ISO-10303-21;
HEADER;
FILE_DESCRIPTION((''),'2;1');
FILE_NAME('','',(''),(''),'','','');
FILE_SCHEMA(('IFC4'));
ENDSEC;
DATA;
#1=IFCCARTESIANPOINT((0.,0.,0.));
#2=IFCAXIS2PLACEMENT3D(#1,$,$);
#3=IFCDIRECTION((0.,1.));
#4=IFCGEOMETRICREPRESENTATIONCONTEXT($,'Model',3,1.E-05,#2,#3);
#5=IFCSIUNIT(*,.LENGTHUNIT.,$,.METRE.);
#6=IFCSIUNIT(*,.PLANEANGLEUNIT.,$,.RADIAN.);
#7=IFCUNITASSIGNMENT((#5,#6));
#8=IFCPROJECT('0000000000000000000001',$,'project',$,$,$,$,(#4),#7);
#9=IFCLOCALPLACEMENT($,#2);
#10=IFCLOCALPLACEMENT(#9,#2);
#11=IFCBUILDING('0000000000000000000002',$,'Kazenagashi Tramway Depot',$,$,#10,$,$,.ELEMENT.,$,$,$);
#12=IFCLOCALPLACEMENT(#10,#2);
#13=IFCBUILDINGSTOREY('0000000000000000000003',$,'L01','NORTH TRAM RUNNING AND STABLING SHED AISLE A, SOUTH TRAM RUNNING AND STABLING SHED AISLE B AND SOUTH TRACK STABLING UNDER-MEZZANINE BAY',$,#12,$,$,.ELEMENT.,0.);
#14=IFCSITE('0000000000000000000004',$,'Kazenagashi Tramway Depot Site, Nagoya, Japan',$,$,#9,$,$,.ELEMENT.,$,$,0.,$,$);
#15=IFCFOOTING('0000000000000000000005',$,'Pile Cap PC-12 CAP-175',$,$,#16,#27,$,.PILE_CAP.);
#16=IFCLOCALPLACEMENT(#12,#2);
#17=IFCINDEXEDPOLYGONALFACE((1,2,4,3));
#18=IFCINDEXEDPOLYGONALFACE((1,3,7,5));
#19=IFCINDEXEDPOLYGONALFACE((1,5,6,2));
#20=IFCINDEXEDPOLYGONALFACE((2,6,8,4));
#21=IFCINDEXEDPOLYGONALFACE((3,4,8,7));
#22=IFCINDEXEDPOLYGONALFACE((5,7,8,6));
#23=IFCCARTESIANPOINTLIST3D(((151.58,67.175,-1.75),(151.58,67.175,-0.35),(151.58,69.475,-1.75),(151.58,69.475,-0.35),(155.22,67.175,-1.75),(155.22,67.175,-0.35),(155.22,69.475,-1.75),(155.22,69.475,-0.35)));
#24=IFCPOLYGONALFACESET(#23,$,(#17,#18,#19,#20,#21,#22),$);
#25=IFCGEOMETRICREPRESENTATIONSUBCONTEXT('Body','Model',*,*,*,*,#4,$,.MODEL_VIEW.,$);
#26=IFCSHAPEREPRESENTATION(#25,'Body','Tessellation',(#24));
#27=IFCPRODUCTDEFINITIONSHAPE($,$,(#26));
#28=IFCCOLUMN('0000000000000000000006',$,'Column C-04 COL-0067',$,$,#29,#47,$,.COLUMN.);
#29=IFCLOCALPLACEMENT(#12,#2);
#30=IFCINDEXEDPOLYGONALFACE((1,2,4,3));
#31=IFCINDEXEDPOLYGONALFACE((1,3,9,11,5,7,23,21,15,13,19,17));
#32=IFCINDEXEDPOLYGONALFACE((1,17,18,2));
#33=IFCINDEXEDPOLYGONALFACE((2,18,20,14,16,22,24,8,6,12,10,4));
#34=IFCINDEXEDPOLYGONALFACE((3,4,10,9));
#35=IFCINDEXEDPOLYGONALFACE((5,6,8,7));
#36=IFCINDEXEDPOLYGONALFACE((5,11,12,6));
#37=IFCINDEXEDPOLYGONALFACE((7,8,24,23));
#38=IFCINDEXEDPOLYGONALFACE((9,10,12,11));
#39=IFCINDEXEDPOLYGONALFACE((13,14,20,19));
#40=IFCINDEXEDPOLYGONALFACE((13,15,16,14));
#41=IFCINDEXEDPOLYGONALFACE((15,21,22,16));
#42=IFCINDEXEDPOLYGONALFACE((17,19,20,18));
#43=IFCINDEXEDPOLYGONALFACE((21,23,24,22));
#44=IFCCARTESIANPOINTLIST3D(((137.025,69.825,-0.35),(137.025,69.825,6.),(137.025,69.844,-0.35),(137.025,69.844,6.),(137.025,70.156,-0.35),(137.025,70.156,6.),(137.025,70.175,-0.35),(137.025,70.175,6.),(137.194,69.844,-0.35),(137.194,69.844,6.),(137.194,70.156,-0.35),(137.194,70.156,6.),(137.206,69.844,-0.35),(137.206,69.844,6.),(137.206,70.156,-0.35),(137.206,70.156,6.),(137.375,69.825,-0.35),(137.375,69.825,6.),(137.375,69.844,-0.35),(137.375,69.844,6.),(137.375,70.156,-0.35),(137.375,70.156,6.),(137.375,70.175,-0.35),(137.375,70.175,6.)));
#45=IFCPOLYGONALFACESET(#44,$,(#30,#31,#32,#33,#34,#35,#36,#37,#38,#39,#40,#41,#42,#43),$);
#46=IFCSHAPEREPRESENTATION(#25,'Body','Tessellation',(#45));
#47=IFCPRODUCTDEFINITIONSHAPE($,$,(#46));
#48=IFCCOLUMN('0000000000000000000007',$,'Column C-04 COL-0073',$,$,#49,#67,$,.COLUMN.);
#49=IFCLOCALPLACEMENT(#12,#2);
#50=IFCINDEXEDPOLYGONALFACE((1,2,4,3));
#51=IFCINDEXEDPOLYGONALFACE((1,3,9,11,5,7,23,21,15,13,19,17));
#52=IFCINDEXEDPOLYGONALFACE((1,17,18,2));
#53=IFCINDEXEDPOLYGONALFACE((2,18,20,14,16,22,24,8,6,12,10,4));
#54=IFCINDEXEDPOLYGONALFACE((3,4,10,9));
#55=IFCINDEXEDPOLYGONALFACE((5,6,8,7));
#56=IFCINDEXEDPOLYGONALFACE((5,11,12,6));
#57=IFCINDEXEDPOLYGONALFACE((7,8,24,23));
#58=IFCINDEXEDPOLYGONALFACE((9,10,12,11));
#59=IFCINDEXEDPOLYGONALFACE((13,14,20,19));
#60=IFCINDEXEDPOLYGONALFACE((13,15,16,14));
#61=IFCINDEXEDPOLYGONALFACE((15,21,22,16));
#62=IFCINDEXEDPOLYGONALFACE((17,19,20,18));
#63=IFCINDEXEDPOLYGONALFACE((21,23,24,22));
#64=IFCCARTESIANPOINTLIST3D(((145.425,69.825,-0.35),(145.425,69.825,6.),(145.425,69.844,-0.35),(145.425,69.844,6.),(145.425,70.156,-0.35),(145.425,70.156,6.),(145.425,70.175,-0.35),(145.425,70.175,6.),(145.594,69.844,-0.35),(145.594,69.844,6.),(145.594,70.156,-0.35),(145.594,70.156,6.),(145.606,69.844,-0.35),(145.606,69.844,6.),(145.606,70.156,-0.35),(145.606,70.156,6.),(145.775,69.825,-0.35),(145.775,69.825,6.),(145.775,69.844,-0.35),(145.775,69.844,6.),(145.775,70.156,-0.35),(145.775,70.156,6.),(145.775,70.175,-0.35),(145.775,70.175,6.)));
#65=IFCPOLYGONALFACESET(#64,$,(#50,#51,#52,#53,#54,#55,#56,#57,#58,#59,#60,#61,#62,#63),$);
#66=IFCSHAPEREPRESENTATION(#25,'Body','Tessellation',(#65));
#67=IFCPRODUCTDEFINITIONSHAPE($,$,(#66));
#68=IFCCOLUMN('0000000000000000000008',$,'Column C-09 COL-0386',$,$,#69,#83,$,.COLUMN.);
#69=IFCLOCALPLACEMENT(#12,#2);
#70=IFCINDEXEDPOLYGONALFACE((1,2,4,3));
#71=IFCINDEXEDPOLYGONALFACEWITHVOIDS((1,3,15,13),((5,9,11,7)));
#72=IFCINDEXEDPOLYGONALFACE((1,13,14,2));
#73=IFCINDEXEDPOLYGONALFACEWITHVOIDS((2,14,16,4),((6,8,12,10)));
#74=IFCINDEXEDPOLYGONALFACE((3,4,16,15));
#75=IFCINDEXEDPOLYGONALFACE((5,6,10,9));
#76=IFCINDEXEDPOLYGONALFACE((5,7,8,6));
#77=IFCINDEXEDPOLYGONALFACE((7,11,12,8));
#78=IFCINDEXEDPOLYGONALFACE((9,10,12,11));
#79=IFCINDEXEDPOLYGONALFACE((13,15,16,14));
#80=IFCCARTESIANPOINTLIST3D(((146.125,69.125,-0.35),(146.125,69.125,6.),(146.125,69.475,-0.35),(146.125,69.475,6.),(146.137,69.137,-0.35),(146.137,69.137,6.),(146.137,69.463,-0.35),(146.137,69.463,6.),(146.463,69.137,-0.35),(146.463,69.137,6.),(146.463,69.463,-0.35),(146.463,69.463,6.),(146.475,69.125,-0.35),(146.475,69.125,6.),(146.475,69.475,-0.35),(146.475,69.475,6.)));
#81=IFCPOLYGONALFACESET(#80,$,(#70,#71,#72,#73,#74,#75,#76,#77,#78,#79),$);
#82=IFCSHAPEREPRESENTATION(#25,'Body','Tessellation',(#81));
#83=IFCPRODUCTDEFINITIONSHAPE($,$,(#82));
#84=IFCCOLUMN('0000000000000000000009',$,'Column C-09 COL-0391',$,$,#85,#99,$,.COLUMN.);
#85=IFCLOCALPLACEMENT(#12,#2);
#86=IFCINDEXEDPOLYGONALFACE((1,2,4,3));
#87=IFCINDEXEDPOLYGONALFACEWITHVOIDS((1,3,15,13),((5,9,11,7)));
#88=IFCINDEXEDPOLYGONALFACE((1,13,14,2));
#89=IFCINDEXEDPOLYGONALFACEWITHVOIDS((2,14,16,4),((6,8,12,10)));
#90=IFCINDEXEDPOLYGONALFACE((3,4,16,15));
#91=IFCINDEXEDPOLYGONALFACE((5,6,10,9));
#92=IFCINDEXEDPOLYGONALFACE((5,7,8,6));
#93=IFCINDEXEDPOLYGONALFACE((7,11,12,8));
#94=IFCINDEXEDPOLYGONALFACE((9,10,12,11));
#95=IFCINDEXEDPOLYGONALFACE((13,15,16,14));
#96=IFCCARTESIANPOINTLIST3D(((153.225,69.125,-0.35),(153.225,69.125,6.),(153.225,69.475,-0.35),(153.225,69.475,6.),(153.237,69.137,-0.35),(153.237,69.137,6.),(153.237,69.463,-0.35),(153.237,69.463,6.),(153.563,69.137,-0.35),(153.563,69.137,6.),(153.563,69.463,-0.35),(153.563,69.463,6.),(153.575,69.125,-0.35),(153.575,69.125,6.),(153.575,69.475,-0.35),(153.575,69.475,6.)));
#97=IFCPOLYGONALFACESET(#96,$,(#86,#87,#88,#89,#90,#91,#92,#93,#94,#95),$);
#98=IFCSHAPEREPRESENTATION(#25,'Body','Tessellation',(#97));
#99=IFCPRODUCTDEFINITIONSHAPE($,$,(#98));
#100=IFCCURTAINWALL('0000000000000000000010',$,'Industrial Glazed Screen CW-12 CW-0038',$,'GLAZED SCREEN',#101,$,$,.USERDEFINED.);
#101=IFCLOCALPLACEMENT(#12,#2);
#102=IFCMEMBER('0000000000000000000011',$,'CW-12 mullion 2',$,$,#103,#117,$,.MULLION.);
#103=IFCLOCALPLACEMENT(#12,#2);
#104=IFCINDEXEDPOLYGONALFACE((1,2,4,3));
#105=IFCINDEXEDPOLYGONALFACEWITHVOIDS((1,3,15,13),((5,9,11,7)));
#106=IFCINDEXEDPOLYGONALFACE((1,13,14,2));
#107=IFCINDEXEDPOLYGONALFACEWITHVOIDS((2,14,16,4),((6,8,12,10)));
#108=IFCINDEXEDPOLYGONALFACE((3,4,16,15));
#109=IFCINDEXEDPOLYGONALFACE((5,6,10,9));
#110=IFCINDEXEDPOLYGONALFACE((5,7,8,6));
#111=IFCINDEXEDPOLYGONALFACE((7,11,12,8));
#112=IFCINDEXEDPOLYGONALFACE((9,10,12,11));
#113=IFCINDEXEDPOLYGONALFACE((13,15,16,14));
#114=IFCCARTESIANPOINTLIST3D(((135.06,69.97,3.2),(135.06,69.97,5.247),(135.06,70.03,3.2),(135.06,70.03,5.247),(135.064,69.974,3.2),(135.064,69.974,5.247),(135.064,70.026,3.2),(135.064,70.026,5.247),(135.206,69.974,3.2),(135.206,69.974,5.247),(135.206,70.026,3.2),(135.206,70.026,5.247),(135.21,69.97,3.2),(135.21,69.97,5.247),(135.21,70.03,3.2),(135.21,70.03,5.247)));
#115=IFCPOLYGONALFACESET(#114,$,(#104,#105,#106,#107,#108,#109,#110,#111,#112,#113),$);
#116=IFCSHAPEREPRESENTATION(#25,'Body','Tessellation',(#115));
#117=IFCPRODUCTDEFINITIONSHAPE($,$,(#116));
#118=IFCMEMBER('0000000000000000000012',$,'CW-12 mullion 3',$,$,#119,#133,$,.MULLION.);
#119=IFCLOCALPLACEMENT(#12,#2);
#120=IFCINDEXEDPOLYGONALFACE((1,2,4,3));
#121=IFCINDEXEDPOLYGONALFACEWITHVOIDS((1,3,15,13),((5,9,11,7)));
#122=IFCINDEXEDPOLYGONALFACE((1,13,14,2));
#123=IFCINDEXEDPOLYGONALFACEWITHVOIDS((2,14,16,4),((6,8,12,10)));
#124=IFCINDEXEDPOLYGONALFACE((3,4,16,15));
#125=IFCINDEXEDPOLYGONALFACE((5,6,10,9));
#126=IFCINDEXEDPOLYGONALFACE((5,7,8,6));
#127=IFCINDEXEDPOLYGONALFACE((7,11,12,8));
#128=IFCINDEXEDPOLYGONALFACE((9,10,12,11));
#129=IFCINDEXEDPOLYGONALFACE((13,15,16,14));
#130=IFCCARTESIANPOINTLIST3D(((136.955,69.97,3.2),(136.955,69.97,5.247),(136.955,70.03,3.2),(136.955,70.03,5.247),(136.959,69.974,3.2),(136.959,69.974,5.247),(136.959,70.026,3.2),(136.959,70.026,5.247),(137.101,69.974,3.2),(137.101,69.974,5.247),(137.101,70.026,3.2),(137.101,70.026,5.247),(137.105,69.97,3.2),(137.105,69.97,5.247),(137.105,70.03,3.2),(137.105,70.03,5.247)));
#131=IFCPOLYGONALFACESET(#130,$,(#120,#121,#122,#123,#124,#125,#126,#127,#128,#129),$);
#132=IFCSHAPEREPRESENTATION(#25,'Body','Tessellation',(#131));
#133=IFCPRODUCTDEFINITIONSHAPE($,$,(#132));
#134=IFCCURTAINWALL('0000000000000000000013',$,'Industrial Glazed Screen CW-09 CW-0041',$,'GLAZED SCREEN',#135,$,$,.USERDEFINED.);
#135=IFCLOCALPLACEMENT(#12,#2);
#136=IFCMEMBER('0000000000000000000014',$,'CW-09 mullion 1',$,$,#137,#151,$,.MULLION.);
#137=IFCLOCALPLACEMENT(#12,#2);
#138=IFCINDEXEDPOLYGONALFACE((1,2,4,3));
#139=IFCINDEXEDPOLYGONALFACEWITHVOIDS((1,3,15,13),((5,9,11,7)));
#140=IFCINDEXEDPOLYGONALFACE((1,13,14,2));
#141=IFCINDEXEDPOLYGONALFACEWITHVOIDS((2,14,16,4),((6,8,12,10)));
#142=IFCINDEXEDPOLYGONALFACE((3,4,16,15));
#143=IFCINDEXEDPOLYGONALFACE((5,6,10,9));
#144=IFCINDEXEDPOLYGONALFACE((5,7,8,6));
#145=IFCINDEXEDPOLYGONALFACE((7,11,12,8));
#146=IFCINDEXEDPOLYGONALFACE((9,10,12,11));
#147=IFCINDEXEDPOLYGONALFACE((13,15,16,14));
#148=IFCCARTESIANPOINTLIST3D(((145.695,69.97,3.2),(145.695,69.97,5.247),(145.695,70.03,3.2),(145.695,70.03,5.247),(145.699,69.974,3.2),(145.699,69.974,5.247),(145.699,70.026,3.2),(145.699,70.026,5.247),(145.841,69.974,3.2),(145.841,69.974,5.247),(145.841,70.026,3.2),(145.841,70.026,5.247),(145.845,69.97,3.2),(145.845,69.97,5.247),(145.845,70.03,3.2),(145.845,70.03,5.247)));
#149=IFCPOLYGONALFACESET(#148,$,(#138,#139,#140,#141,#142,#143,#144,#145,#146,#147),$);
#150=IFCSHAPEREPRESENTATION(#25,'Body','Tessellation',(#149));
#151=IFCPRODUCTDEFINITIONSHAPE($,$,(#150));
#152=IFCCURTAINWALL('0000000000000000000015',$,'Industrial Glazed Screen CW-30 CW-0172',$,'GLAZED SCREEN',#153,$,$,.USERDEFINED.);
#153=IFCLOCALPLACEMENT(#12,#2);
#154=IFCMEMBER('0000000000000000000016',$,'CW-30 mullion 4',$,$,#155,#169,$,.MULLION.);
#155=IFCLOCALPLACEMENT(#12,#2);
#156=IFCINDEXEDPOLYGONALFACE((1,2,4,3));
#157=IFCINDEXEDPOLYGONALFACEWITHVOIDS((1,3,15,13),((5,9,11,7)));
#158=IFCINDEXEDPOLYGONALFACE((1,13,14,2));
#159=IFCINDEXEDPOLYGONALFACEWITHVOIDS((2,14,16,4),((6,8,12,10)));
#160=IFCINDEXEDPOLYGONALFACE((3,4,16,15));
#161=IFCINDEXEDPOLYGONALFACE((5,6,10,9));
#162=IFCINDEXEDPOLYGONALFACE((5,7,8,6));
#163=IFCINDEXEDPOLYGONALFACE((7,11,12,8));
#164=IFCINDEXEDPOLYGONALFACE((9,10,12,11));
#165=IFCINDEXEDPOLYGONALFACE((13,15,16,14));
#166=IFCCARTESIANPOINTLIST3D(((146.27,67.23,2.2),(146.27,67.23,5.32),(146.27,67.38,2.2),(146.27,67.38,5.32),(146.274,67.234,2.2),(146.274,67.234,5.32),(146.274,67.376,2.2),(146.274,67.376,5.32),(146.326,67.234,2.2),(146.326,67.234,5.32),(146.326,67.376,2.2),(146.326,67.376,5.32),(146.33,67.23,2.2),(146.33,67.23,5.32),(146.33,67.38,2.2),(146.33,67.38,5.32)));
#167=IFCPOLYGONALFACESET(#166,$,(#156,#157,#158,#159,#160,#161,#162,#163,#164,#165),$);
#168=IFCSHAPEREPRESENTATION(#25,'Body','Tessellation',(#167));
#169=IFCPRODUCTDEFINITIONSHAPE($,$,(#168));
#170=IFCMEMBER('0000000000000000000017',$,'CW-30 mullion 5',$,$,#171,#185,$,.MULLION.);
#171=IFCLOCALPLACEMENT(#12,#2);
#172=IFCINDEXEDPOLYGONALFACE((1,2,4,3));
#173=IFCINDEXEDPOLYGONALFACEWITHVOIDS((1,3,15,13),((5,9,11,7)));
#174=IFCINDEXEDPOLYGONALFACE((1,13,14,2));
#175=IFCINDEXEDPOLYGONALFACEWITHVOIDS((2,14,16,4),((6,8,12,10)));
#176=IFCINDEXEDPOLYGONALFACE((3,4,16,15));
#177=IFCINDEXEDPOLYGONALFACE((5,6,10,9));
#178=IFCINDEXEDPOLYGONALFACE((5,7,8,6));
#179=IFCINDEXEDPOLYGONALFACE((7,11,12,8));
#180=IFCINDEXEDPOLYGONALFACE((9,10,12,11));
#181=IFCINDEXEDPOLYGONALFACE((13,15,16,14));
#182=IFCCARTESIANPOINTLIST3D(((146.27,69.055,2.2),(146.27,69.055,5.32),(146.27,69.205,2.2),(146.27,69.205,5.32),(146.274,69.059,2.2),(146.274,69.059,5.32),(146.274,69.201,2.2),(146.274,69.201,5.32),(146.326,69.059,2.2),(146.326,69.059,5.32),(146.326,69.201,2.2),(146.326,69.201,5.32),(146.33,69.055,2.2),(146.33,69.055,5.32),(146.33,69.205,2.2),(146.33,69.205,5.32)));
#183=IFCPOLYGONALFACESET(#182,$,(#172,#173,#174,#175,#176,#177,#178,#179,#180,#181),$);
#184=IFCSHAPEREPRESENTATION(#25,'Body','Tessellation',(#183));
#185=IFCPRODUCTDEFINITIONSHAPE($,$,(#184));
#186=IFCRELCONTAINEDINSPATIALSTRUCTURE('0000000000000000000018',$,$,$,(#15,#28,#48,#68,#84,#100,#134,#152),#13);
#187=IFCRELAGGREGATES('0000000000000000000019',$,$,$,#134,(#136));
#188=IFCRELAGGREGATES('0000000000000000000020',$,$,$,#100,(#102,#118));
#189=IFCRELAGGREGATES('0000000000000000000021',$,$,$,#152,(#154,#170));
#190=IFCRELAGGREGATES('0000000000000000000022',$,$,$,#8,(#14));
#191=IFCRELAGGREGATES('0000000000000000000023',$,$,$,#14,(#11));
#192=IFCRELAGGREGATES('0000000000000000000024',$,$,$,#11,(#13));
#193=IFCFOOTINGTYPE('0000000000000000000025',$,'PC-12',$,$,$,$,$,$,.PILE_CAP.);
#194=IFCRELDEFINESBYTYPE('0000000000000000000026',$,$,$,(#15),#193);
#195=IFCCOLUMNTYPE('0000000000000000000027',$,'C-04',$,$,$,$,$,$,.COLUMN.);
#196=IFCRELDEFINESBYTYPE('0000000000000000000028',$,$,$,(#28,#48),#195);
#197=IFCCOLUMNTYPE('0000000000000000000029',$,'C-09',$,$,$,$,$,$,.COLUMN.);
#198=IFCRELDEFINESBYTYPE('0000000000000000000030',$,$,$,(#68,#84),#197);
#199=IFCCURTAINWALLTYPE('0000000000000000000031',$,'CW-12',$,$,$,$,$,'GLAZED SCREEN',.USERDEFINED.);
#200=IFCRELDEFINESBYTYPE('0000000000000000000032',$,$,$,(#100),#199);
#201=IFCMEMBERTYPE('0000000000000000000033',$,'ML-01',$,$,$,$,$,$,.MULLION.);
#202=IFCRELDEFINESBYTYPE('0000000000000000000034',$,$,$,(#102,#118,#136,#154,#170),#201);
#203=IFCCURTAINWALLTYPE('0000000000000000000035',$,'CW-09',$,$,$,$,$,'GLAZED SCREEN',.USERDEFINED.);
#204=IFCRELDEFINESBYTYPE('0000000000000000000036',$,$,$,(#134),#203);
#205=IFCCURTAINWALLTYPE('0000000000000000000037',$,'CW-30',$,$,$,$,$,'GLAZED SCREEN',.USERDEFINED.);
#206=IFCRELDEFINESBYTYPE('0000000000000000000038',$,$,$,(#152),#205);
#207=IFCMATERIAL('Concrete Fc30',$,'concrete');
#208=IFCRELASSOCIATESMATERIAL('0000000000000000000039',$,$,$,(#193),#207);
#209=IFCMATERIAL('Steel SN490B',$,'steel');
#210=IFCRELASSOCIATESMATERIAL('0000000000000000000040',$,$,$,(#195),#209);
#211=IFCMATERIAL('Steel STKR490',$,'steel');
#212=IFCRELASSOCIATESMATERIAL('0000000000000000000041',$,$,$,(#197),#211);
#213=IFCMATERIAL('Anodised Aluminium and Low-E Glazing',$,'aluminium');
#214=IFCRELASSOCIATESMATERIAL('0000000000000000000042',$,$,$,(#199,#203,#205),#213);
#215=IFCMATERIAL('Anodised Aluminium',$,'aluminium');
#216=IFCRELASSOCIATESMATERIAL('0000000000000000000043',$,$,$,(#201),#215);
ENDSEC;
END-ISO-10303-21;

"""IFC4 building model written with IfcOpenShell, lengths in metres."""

from ifc_helpers import new_model, si_unit, direction, frame, origin, origin_2d, place, context, subcontext, project, spatial, rectangle, hollow_rectangle, i_section, extrude, material, material_profile, profile_set, type_object, element, aggregate, save


model = new_model("IFC4")

# Units and contexts
model_context = context("Model", 3, precision=1e-05, world=origin(), true_north=direction((0.0, 1.0)))
body_context = subcontext(model_context, "Body", "Model", "MODEL_VIEW")
ifc_project = project(units=[si_unit("LENGTHUNIT", "METRE"), si_unit("PLANEANGLEUNIT", "RADIAN")], contexts=[model_context])

# Site, building, storey
site_placement = place(None, origin())
site = spatial("IfcSite", under=ifc_project, at=site_placement, Name="Kazenagashi Tramway Depot Site, Nagoya, Japan", CompositionType="ELEMENT", RefElevation=0.0)
building_placement = place(site_placement, origin())
building = spatial("IfcBuilding", under=site, at=building_placement, Name="Kazenagashi Tramway Depot", CompositionType="ELEMENT")
storey_placement = place(building_placement, origin())
storey = spatial("IfcBuildingStorey", under=building, at=storey_placement, Name="L01", Description="NORTH TRAM RUNNING AND STABLING SHED AISLE A, SOUTH TRAM RUNNING AND STABLING SHED AISLE B AND SOUTH TRACK STABLING UNDER-MEZZANINE BAY", CompositionType="ELEMENT", Elevation=0.0)

# Shared definitions
ifc_material_1 = material(Name="Concrete Fc30", Category="concrete")

# Footing
footing_type_1 = type_object("IfcFootingType", Name="PC-12", PredefinedType="PILE_CAP", material=ifc_material_1)
footing_1_placement = place(storey_placement, frame((153.4, 68.325, -1.75), z_axis=(0.0, 0.0, 1.0), x_axis=(1.0, 0.0, 0.0)))
element("IfcFooting", 1, at=footing_1_placement, inside=storey, type_object=footing_type_1, Name="Pile Cap PC-12 CAP-175", PredefinedType="PILE_CAP", context=body_context, shape_type="SweptSolid", body=[
    extrude(rectangle(XDim=3.64, YDim=2.3, at=origin_2d()), origin(), (0.0, 0.0, 1.0), 1.4),
])

# Columns
ifc_material_2 = material(Name="Steel SN490B", Category="steel")
ifc_material_profile_1 = material_profile(ifc_material_2, i_section(OverallWidth=0.35, OverallDepth=0.35, WebThickness=0.012, FlangeThickness=0.019, at=origin_2d()), Name="H-350x350x12x19")
ifc_profile_set_1 = profile_set([ifc_material_profile_1], Name="Steel SN490B")
column_type_1 = type_object("IfcColumnType", Name="C-04", PredefinedType="COLUMN", material=ifc_profile_set_1)
for number, where, z_axis, x_axis, name in (
    (2, (137.2, 70.0, -0.35), (0.0, 0.0, 1.0), (1.0, 0.0, 0.0), "Column C-04 COL-0067"),
    (3, (145.6, 70.0, -0.35), (0.0, 0.0, 1.0), (1.0, 0.0, 0.0), "Column C-04 COL-0073"),
):
    element("IfcColumn", number, at=place(storey_placement, frame(where, z_axis=z_axis, x_axis=x_axis)), inside=storey, type_object=column_type_1, Name=name, PredefinedType="COLUMN", context=body_context, shape_type="SweptSolid", body=[
        extrude(i_section(OverallWidth=0.35, OverallDepth=0.35, WebThickness=0.012, FlangeThickness=0.019, at=origin_2d()), origin(), (0.0, 0.0, 1.0), 6.35),
    ])
ifc_material_3 = material(Name="Steel STKR490", Category="steel")
ifc_material_profile_2 = material_profile(ifc_material_3, hollow_rectangle(XDim=0.35, YDim=0.35, WallThickness=0.012, at=origin_2d()), Name="SHS-350x350x12")
ifc_profile_set_2 = profile_set([ifc_material_profile_2], Name="Steel STKR490")
column_type_2 = type_object("IfcColumnType", Name="C-09", PredefinedType="COLUMN", material=ifc_profile_set_2)
for number, where, z_axis, x_axis, name in (
    (4, (146.3, 69.3, -0.35), (0.0, 0.0, 1.0), (1.0, 0.0, 0.0), "Column C-09 COL-0386"),
    (5, (153.4, 69.3, -0.35), (0.0, 0.0, 1.0), (1.0, 0.0, 0.0), "Column C-09 COL-0391"),
):
    element("IfcColumn", number, at=place(storey_placement, frame(where, z_axis=z_axis, x_axis=x_axis)), inside=storey, type_object=column_type_2, Name=name, PredefinedType="COLUMN", context=body_context, shape_type="SweptSolid", body=[
        extrude(hollow_rectangle(XDim=0.35, YDim=0.35, WallThickness=0.012, at=origin_2d()), origin(), (0.0, 0.0, 1.0), 6.35),
    ])

# Curtain wall, members
ifc_material_4 = material(Name="Anodised Aluminium and Low-E Glazing", Category="aluminium")
curtain_wall_type_1 = type_object("IfcCurtainWallType", Name="CW-12", ElementType="GLAZED SCREEN", PredefinedType="USERDEFINED", material=ifc_material_4)
curtain_wall_1_placement = place(storey_placement, origin())
curtain_wall_1 = element("IfcCurtainWall", 6, at=curtain_wall_1_placement, inside=storey, type_object=curtain_wall_type_1, Name="Industrial Glazed Screen CW-12 CW-0038", ObjectType="GLAZED SCREEN", PredefinedType="USERDEFINED")
ifc_material_5 = material(Name="Anodised Aluminium", Category="aluminium")
ifc_material_profile_3 = material_profile(ifc_material_5, hollow_rectangle(XDim=0.06, YDim=0.15, WallThickness=0.004, at=origin_2d()), Name="RHS-150x60x4")
ifc_profile_set_3 = profile_set([ifc_material_profile_3], Name="Anodised Aluminium")
member_type_1 = type_object("IfcMemberType", Name="ML-01", PredefinedType="MULLION", material=ifc_profile_set_3)
member_1_placement = place(storey_placement, frame((135.135, 70.0, 3.2), z_axis=(0.0, 0.0, 1.0), x_axis=(0.0, 1.0, 0.0)))
member_1 = element("IfcMember", 7, at=member_1_placement, type_object=member_type_1, Name="CW-12 mullion 2", PredefinedType="MULLION", context=body_context, shape_type="SweptSolid", body=[
    extrude(hollow_rectangle(XDim=0.06, YDim=0.15, WallThickness=0.004, at=origin_2d()), origin(), (0.0, 0.0, 1.0), 2.047),
])
member_2_placement = place(storey_placement, frame((137.03, 70.0, 3.2), z_axis=(0.0, 0.0, 1.0), x_axis=(0.0, 1.0, 0.0)))
member_2 = element("IfcMember", 8, at=member_2_placement, type_object=member_type_1, Name="CW-12 mullion 3", PredefinedType="MULLION", context=body_context, shape_type="SweptSolid", body=[
    extrude(hollow_rectangle(XDim=0.06, YDim=0.15, WallThickness=0.004, at=origin_2d()), origin(), (0.0, 0.0, 1.0), 2.047),
])

# Curtain wall, member
curtain_wall_type_2 = type_object("IfcCurtainWallType", Name="CW-09", ElementType="GLAZED SCREEN", PredefinedType="USERDEFINED", material=ifc_material_4)
curtain_wall_2_placement = place(storey_placement, origin())
curtain_wall_2 = element("IfcCurtainWall", 9, at=curtain_wall_2_placement, inside=storey, type_object=curtain_wall_type_2, Name="Industrial Glazed Screen CW-09 CW-0041", ObjectType="GLAZED SCREEN", PredefinedType="USERDEFINED")
member_3_placement = place(storey_placement, frame((145.77, 70.0, 3.2), z_axis=(0.0, 0.0, 1.0), x_axis=(0.0, 1.0, 0.0)))
member_3 = element("IfcMember", 10, at=member_3_placement, type_object=member_type_1, Name="CW-09 mullion 1", PredefinedType="MULLION", context=body_context, shape_type="SweptSolid", body=[
    extrude(hollow_rectangle(XDim=0.06, YDim=0.15, WallThickness=0.004, at=origin_2d()), origin(), (0.0, 0.0, 1.0), 2.047),
])
aggregate(curtain_wall_2, [member_3])

# Curtain wall, members
curtain_wall_type_3 = type_object("IfcCurtainWallType", Name="CW-30", ElementType="GLAZED SCREEN", PredefinedType="USERDEFINED", material=ifc_material_4)
curtain_wall_3_placement = place(storey_placement, origin())
curtain_wall_3 = element("IfcCurtainWall", 11, at=curtain_wall_3_placement, inside=storey, type_object=curtain_wall_type_3, Name="Industrial Glazed Screen CW-30 CW-0172", ObjectType="GLAZED SCREEN", PredefinedType="USERDEFINED")
member_4_placement = place(storey_placement, frame((146.3, 67.305, 2.2), z_axis=(0.0, 0.0, 1.0), x_axis=(-1.0, 0.0, 0.0)))
member_4 = element("IfcMember", 12, at=member_4_placement, type_object=member_type_1, Name="CW-30 mullion 4", PredefinedType="MULLION", context=body_context, shape_type="SweptSolid", body=[
    extrude(hollow_rectangle(XDim=0.06, YDim=0.15, WallThickness=0.004, at=origin_2d()), origin(), (0.0, 0.0, 1.0), 3.12),
])
member_5_placement = place(storey_placement, frame((146.3, 69.13, 2.2), z_axis=(0.0, 0.0, 1.0), x_axis=(-1.0, 0.0, 0.0)))
member_5 = element("IfcMember", 13, at=member_5_placement, type_object=member_type_1, Name="CW-30 mullion 5", PredefinedType="MULLION", context=body_context, shape_type="SweptSolid", body=[
    extrude(hollow_rectangle(XDim=0.06, YDim=0.15, WallThickness=0.004, at=origin_2d()), origin(), (0.0, 0.0, 1.0), 3.12),
])

aggregate(curtain_wall_1, [member_1, member_2])
aggregate(curtain_wall_3, [member_4, member_5])

save(model, "model.ifc")
